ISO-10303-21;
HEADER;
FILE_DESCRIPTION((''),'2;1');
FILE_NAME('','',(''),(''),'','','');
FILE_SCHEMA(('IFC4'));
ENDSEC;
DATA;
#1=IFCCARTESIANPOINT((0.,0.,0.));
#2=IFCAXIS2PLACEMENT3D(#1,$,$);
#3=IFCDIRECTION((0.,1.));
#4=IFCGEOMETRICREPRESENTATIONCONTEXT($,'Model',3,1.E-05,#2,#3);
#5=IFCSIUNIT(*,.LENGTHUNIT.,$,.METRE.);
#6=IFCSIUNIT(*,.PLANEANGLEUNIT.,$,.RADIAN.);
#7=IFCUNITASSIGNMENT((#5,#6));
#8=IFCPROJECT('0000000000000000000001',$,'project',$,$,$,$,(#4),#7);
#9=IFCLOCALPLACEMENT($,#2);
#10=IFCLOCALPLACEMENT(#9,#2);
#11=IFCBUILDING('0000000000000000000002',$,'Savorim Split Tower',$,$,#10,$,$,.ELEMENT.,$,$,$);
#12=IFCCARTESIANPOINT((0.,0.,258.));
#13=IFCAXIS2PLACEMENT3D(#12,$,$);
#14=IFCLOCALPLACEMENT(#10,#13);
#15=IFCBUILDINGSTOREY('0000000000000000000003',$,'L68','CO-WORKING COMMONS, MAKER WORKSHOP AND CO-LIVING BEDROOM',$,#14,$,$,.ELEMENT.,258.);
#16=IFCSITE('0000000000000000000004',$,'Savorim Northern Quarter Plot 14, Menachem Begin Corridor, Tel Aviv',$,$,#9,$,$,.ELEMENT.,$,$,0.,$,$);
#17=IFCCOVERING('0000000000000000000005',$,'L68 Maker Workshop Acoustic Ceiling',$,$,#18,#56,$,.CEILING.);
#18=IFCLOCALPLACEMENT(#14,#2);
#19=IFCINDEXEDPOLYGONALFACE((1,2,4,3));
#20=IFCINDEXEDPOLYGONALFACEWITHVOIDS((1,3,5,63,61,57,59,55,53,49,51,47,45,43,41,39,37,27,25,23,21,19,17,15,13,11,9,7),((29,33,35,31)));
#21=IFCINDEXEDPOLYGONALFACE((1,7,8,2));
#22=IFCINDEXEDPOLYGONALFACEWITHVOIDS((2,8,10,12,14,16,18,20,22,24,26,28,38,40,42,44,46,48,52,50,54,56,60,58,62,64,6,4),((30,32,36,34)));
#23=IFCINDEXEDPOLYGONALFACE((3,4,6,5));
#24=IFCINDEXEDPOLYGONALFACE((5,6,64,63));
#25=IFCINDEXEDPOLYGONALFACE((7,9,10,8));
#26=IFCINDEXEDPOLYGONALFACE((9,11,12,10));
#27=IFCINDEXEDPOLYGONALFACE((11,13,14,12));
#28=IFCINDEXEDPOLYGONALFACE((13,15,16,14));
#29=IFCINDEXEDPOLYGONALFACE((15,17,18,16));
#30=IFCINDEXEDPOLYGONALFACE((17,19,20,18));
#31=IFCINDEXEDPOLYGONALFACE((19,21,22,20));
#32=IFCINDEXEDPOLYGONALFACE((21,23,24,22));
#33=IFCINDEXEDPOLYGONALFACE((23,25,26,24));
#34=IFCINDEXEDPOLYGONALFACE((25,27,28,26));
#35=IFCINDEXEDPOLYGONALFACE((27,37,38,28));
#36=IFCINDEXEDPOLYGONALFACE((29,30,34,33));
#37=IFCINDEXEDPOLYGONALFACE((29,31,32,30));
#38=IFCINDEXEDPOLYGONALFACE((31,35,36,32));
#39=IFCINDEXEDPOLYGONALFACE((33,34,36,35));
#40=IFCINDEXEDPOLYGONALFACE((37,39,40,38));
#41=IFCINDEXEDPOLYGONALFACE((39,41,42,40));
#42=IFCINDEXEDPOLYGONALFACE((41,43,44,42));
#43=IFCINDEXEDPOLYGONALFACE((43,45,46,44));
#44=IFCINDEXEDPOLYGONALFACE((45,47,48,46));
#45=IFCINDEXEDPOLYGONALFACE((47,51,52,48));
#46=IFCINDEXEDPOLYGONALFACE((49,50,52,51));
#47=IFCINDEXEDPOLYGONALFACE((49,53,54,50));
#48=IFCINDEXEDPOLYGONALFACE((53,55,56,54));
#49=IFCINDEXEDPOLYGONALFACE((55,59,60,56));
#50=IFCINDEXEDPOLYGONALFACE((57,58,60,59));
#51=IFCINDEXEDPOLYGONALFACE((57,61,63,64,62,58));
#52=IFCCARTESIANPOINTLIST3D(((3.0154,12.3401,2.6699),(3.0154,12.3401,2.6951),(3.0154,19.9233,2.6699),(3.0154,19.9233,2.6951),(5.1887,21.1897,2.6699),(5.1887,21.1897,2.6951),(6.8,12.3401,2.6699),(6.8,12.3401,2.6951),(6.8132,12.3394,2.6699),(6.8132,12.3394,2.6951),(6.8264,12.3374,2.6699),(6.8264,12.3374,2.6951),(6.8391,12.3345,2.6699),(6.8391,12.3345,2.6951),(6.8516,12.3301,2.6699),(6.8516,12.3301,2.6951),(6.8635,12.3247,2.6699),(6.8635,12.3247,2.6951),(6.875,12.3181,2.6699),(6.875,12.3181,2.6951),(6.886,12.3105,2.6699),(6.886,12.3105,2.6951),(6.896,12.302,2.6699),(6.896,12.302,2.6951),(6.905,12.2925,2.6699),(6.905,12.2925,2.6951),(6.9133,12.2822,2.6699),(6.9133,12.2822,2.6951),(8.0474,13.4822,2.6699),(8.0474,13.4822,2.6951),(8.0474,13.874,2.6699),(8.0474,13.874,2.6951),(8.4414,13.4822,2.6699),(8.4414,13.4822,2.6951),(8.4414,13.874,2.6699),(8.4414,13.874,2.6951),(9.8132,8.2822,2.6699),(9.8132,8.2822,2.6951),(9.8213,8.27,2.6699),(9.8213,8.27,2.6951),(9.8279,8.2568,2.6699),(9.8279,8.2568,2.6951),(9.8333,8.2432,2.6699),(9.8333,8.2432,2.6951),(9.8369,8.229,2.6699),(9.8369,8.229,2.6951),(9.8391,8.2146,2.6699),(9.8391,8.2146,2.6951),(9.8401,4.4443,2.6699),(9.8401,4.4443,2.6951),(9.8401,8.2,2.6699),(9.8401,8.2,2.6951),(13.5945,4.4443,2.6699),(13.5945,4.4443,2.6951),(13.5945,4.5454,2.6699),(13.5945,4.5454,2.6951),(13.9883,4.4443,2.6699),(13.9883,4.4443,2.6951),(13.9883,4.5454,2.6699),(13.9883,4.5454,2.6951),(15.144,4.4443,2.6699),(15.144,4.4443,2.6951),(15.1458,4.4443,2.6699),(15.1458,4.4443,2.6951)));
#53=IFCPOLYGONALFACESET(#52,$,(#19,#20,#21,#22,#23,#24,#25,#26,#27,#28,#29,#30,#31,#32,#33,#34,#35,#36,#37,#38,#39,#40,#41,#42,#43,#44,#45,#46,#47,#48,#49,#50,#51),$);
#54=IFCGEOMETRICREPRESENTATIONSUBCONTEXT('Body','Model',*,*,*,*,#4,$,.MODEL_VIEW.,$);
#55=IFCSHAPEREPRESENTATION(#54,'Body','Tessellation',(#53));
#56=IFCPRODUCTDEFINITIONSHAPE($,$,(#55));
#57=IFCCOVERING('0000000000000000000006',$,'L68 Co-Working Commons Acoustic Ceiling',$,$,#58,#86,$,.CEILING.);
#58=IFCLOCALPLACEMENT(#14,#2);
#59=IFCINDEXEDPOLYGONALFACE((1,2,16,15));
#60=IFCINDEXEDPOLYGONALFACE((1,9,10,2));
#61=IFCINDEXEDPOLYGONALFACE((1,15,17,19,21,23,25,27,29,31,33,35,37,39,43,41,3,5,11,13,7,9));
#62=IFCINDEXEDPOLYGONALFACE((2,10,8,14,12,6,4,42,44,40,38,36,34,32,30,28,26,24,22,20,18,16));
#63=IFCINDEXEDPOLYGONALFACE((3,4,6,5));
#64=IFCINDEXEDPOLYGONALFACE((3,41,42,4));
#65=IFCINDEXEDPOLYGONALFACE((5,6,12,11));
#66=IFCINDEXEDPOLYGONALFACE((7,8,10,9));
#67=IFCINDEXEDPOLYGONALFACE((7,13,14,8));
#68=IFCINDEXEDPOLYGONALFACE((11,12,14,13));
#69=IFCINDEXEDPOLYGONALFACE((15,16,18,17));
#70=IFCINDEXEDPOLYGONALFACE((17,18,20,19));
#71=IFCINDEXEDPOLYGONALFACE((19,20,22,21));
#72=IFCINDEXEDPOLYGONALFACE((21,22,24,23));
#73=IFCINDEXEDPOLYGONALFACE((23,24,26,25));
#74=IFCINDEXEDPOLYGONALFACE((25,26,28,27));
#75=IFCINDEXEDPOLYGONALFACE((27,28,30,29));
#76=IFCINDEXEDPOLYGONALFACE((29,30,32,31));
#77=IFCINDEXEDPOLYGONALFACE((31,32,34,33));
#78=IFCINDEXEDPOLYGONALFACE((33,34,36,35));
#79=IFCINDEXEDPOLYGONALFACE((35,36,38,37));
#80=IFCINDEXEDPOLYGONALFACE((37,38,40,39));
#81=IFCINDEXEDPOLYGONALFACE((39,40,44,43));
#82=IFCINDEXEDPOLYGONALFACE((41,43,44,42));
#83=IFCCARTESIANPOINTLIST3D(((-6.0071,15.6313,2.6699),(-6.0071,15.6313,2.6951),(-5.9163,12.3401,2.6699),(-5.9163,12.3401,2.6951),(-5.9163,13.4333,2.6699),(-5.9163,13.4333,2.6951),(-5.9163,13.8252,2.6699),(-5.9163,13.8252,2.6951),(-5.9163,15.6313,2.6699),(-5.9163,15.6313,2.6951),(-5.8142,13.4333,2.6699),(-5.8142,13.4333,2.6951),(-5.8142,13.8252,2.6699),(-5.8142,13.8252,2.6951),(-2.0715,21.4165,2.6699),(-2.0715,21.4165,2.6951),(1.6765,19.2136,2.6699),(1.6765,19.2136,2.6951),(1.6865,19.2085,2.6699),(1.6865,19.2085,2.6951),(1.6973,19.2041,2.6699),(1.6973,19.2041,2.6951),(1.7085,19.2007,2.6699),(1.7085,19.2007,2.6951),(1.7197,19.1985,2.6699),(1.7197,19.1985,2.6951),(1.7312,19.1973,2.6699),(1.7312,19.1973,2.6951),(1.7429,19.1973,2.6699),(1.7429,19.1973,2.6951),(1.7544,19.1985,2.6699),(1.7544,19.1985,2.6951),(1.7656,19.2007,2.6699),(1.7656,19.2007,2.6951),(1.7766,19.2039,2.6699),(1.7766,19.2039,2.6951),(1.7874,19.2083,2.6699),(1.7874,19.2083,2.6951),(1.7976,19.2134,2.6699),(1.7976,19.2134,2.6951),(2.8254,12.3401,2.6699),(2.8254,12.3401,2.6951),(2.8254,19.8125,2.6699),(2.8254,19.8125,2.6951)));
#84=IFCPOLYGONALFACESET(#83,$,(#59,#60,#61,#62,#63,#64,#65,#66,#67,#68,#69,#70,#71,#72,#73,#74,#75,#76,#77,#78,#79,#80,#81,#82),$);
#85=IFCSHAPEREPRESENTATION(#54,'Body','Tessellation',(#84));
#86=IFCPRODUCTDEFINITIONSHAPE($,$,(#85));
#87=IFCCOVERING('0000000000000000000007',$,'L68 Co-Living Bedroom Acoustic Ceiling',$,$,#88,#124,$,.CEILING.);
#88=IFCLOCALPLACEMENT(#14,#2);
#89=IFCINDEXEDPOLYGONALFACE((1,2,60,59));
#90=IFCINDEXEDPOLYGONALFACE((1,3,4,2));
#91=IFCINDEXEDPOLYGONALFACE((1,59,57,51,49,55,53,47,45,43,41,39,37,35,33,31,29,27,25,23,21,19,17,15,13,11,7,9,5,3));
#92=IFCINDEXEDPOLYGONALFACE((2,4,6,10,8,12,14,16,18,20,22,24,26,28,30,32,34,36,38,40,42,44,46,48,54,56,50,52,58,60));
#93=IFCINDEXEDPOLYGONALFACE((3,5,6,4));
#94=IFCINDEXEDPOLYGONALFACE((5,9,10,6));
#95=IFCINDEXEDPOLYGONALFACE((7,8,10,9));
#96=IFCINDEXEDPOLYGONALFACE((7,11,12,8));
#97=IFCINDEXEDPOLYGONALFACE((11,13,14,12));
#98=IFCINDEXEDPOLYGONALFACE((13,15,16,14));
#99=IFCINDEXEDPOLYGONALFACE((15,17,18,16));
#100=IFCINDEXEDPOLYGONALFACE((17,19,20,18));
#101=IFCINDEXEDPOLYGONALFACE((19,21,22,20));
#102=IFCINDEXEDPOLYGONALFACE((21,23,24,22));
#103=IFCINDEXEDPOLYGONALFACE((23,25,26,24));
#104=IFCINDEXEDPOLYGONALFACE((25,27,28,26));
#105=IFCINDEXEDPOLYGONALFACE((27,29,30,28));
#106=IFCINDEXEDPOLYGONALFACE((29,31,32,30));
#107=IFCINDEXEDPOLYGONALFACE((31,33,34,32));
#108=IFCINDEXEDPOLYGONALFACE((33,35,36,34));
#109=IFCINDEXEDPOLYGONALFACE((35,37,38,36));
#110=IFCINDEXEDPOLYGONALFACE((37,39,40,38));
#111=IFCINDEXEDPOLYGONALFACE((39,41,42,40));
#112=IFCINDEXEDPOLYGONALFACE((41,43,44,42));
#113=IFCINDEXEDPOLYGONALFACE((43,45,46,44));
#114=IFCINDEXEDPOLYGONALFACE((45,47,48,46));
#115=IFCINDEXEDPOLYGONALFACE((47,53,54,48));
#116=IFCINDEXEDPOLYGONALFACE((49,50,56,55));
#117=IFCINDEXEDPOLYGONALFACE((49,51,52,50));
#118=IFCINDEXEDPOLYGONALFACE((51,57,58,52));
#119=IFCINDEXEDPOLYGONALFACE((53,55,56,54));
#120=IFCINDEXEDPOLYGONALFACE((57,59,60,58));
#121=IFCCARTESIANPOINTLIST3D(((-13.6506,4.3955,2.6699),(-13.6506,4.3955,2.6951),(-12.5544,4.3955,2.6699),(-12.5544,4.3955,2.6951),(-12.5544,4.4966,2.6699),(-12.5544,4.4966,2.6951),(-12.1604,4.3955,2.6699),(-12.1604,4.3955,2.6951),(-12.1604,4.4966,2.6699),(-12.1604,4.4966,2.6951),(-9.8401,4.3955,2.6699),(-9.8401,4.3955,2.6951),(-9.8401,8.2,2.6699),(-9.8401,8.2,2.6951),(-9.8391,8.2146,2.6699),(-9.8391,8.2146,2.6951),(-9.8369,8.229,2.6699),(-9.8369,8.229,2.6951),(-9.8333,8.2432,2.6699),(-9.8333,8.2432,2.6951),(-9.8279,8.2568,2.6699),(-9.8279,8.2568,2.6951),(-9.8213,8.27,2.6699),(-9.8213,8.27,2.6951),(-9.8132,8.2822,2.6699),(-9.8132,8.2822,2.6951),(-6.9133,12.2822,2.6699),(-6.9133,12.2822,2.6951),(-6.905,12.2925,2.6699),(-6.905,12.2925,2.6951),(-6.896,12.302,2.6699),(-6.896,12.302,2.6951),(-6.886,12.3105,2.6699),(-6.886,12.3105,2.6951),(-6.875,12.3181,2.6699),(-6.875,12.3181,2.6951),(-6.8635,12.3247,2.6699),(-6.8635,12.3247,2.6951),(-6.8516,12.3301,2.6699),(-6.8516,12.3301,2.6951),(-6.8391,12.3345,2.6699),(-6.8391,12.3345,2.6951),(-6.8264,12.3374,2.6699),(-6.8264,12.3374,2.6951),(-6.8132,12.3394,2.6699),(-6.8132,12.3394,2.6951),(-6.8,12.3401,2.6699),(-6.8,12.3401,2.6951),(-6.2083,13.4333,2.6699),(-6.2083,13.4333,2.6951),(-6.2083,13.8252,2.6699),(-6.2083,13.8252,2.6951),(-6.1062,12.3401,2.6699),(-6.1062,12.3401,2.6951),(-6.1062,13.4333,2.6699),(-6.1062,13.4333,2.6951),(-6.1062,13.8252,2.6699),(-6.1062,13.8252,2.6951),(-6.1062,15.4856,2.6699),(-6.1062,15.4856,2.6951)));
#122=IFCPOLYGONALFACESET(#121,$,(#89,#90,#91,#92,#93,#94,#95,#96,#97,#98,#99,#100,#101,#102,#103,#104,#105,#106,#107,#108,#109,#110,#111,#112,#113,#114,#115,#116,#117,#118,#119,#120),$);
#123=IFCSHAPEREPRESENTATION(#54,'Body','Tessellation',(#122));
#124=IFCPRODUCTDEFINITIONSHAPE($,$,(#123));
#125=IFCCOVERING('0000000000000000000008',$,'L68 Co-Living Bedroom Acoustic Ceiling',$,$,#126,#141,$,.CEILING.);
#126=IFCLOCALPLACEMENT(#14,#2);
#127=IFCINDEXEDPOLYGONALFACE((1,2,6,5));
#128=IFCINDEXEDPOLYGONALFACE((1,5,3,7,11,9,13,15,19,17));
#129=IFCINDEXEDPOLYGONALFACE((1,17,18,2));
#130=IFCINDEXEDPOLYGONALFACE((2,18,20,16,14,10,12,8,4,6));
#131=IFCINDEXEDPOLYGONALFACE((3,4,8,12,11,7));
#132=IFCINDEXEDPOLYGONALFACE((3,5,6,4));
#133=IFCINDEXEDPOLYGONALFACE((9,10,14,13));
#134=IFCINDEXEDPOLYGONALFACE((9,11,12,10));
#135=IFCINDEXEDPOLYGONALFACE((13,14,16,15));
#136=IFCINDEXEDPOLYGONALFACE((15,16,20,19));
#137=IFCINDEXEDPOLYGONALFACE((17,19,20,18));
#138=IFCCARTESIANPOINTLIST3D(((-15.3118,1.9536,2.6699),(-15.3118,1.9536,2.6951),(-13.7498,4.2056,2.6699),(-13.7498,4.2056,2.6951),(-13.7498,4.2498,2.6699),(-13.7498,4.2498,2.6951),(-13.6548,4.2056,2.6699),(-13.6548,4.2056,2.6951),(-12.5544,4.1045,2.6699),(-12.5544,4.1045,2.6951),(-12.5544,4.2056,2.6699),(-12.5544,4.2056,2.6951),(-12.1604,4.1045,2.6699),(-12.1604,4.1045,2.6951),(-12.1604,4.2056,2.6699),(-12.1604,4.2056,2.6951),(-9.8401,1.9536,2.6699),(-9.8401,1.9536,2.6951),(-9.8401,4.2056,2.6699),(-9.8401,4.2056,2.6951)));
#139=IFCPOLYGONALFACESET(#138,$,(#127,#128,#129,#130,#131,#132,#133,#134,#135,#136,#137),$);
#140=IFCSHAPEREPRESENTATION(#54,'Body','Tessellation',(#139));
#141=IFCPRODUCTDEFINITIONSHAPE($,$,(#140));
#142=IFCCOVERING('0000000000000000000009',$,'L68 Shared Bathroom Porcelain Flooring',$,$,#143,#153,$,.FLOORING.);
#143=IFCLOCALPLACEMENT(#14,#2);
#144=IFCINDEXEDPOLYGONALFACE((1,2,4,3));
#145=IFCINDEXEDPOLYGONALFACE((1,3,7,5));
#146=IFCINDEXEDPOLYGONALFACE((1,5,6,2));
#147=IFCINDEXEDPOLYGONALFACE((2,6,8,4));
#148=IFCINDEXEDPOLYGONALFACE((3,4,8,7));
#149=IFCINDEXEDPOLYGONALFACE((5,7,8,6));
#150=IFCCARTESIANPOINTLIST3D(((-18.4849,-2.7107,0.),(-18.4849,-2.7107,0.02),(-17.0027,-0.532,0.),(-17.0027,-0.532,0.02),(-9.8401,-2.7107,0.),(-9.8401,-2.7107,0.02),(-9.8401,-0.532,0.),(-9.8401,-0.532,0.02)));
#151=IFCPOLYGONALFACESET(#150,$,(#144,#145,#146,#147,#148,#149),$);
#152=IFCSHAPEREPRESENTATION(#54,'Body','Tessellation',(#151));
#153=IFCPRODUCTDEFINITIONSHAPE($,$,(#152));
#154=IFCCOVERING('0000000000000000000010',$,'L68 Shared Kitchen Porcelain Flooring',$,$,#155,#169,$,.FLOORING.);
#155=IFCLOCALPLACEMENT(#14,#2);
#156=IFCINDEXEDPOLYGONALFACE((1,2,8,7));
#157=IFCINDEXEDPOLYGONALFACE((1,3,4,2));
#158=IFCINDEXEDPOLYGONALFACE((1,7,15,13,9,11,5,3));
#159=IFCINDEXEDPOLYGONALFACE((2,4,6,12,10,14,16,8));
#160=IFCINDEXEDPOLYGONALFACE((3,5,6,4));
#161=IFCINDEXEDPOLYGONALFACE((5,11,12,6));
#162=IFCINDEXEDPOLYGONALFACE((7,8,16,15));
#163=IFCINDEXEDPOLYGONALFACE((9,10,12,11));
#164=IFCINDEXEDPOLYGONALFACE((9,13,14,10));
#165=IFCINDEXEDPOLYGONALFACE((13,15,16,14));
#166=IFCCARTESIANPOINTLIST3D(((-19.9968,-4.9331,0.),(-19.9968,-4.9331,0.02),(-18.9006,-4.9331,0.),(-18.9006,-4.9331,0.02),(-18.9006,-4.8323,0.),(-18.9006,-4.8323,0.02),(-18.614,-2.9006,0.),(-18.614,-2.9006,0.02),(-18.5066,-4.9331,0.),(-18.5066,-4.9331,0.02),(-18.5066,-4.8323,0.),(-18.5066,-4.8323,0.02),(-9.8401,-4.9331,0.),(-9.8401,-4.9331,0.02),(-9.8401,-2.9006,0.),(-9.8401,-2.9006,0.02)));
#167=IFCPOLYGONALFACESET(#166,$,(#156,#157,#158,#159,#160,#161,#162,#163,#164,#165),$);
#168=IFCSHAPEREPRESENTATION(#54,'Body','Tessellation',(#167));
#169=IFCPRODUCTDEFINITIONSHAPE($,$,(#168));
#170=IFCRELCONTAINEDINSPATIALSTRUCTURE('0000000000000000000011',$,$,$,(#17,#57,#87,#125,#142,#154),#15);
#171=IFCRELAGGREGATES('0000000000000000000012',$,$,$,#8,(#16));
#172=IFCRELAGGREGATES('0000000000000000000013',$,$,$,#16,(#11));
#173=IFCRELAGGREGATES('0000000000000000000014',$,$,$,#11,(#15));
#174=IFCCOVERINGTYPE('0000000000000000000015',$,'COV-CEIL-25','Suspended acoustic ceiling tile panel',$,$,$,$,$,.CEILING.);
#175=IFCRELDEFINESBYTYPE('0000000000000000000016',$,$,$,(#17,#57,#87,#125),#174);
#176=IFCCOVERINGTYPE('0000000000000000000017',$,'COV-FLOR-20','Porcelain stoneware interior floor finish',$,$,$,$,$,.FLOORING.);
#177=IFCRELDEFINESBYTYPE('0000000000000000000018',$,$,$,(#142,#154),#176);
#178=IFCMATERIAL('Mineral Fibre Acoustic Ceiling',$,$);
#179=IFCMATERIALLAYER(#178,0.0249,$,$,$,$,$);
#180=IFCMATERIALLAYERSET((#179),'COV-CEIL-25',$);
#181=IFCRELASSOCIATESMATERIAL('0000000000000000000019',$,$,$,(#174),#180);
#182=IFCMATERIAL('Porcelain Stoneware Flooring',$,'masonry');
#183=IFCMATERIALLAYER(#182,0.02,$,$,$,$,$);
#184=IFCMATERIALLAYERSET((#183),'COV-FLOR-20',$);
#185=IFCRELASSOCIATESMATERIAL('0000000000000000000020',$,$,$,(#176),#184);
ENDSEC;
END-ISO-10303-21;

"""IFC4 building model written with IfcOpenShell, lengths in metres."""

from ifc_helpers import new_model, si_unit, direction, frame, origin, place, context, subcontext, project, spatial, polyline, outline, extrude, material, layer, layer_set, type_object, element, save


model = new_model("IFC4")

# Units and contexts
model_context = context("Model", 3, precision=1e-05, world=origin(), true_north=direction((0.0, 1.0)))
body_context = subcontext(model_context, "Body", "Model", "MODEL_VIEW")
ifc_project = project(units=[si_unit("LENGTHUNIT", "METRE"), si_unit("PLANEANGLEUNIT", "RADIAN")], contexts=[model_context])

# Site, building, storey
site_placement = place(None, origin())
site = spatial("IfcSite", under=ifc_project, at=site_placement, Name="Savorim Northern Quarter Plot 14, Menachem Begin Corridor, Tel Aviv", CompositionType="ELEMENT", RefElevation=0.0)
building_placement = place(site_placement, origin())
building = spatial("IfcBuilding", under=site, at=building_placement, Name="Savorim Split Tower", CompositionType="ELEMENT")
storey_placement = place(building_placement, frame((0.0, 0.0, 258.0)))
storey = spatial("IfcBuildingStorey", under=building, at=storey_placement, Name="L68", Description="CO-WORKING COMMONS, MAKER WORKSHOP AND CO-LIVING BEDROOM", CompositionType="ELEMENT", Elevation=258.0)

# Coverings
ifc_material_1 = material(Name="Mineral Fibre Acoustic Ceiling")
ifc_layer_1 = layer(ifc_material_1, 0.0249)
ifc_layer_set_1 = layer_set([ifc_layer_1], Name="COV-CEIL-25")
covering_type_1 = type_object("IfcCoveringType", Name="COV-CEIL-25", Description="Suspended acoustic ceiling tile panel", PredefinedType="CEILING", material=ifc_layer_set_1)
covering_1_placement = place(storey_placement, frame((0.0, 0.0, 2.6699)))
element("IfcCovering", 1, at=covering_1_placement, inside=storey, type_object=covering_type_1, Name="L68 Maker Workshop Acoustic Ceiling", PredefinedType="CEILING", context=body_context, shape_type="SweptSolid", body=[
    extrude(outline(polyline([(15.144, 4.4443), (15.1458, 4.4443), (5.1887, 21.1897), (3.0154, 19.9233), (3.0154, 12.3401), (6.8, 12.3401), (6.8132, 12.3394), (6.8264, 12.3374), (6.8391, 12.3345), (6.8516, 12.3301), (6.8635, 12.3247), (6.875, 12.3181), (6.886, 12.3105), (6.896, 12.302), (6.905, 12.2925), (6.9133, 12.2822), (9.8132, 8.2822), (9.8213, 8.27), (9.8279, 8.2568), (9.8333, 8.2432), (9.8369, 8.229), (9.8391, 8.2146), (9.8401, 8.2), (9.8401, 4.4443), (13.5945, 4.4443), (13.5945, 4.5454), (13.9883, 4.5454), (13.9883, 4.4443), (15.144, 4.4443)]), holes=[polyline([(8.4414, 13.874), (8.0474, 13.874), (8.0474, 13.4822), (8.4414, 13.4822), (8.4414, 13.874)])]), origin(), (0.0, 0.0, 1.0), 0.0251),
])
covering_2_placement = place(storey_placement, frame((0.0, 0.0, 2.6699)))
element("IfcCovering", 2, at=covering_2_placement, inside=storey, type_object=covering_type_1, Name="L68 Co-Working Commons Acoustic Ceiling", PredefinedType="CEILING", context=body_context, shape_type="SweptSolid", body=[
    extrude(outline(polyline([(1.6973, 19.2041), (1.6865, 19.2085), (1.6765, 19.2136), (-2.0715, 21.4165), (-6.0071, 15.6313), (-5.9163, 15.6313), (-5.9163, 13.8252), (-5.8142, 13.8252), (-5.8142, 13.4333), (-5.9163, 13.4333), (-5.9163, 12.3401), (2.8254, 12.3401), (2.8254, 19.8125), (1.7976, 19.2134), (1.7874, 19.2083), (1.7766, 19.2039), (1.7656, 19.2007), (1.7544, 19.1985), (1.7429, 19.1973), (1.7312, 19.1973), (1.7197, 19.1985), (1.7085, 19.2007), (1.6973, 19.2041)])), origin(), (0.0, 0.0, 1.0), 0.0251),
])
covering_3_placement = place(storey_placement, frame((0.0, 0.0, 2.6699)))
element("IfcCovering", 3, at=covering_3_placement, inside=storey, type_object=covering_type_1, Name="L68 Co-Living Bedroom Acoustic Ceiling", PredefinedType="CEILING", context=body_context, shape_type="SweptSolid", body=[
    extrude(outline(polyline([(-6.8132, 12.3394), (-6.8, 12.3401), (-6.1062, 12.3401), (-6.1062, 13.4333), (-6.2083, 13.4333), (-6.2083, 13.8252), (-6.1062, 13.8252), (-6.1062, 15.4856), (-13.6506, 4.3955), (-12.5544, 4.3955), (-12.5544, 4.4966), (-12.1604, 4.4966), (-12.1604, 4.3955), (-9.8401, 4.3955), (-9.8401, 8.2), (-9.8391, 8.2146), (-9.8369, 8.229), (-9.8333, 8.2432), (-9.8279, 8.2568), (-9.8213, 8.27), (-9.8132, 8.2822), (-6.9133, 12.2822), (-6.905, 12.2925), (-6.896, 12.302), (-6.886, 12.3105), (-6.875, 12.3181), (-6.8635, 12.3247), (-6.8516, 12.3301), (-6.8391, 12.3345), (-6.8264, 12.3374), (-6.8132, 12.3394)])), origin(), (0.0, 0.0, 1.0), 0.0251),
])
covering_4_placement = place(storey_placement, frame((0.0, 0.0, 2.6699)))
element("IfcCovering", 4, at=covering_4_placement, inside=storey, type_object=covering_type_1, Name="L68 Co-Living Bedroom Acoustic Ceiling", PredefinedType="CEILING", context=body_context, shape_type="SweptSolid", body=[
    extrude(outline(polyline([(-12.5544, 4.2056), (-13.6548, 4.2056), (-13.7498, 4.2056), (-13.7498, 4.2498), (-15.3118, 1.9536), (-9.8401, 1.9536), (-9.8401, 4.2056), (-12.1604, 4.2056), (-12.1604, 4.1045), (-12.5544, 4.1045), (-12.5544, 4.2056)])), origin(), (0.0, 0.0, 1.0), 0.0251),
])
ifc_material_2 = material(Name="Porcelain Stoneware Flooring", Category="masonry")
ifc_layer_2 = layer(ifc_material_2, 0.02)
ifc_layer_set_2 = layer_set([ifc_layer_2], Name="COV-FLOR-20")
covering_type_2 = type_object("IfcCoveringType", Name="COV-FLOR-20", Description="Porcelain stoneware interior floor finish", PredefinedType="FLOORING", material=ifc_layer_set_2)
covering_5_placement = place(storey_placement, origin())
element("IfcCovering", 5, at=covering_5_placement, inside=storey, type_object=covering_type_2, Name="L68 Shared Bathroom Porcelain Flooring", PredefinedType="FLOORING", context=body_context, shape_type="SweptSolid", body=[
    extrude(outline(polyline([(-17.0027, -0.532), (-18.4849, -2.7107), (-9.8401, -2.7107), (-9.8401, -0.532), (-17.0027, -0.532)])), origin(), (0.0, 0.0, 1.0), 0.02),
])
covering_6_placement = place(storey_placement, origin())
element("IfcCovering", 6, at=covering_6_placement, inside=storey, type_object=covering_type_2, Name="L68 Shared Kitchen Porcelain Flooring", PredefinedType="FLOORING", context=body_context, shape_type="SweptSolid", body=[
    extrude(outline(polyline([(-18.5066, -4.8323), (-18.5066, -4.9331), (-9.8401, -4.9331), (-9.8401, -2.9006), (-18.614, -2.9006), (-19.9968, -4.9331), (-18.9006, -4.9331), (-18.9006, -4.8323), (-18.5066, -4.8323)])), origin(), (0.0, 0.0, 1.0), 0.02),
])

save(model, "model.ifc")
